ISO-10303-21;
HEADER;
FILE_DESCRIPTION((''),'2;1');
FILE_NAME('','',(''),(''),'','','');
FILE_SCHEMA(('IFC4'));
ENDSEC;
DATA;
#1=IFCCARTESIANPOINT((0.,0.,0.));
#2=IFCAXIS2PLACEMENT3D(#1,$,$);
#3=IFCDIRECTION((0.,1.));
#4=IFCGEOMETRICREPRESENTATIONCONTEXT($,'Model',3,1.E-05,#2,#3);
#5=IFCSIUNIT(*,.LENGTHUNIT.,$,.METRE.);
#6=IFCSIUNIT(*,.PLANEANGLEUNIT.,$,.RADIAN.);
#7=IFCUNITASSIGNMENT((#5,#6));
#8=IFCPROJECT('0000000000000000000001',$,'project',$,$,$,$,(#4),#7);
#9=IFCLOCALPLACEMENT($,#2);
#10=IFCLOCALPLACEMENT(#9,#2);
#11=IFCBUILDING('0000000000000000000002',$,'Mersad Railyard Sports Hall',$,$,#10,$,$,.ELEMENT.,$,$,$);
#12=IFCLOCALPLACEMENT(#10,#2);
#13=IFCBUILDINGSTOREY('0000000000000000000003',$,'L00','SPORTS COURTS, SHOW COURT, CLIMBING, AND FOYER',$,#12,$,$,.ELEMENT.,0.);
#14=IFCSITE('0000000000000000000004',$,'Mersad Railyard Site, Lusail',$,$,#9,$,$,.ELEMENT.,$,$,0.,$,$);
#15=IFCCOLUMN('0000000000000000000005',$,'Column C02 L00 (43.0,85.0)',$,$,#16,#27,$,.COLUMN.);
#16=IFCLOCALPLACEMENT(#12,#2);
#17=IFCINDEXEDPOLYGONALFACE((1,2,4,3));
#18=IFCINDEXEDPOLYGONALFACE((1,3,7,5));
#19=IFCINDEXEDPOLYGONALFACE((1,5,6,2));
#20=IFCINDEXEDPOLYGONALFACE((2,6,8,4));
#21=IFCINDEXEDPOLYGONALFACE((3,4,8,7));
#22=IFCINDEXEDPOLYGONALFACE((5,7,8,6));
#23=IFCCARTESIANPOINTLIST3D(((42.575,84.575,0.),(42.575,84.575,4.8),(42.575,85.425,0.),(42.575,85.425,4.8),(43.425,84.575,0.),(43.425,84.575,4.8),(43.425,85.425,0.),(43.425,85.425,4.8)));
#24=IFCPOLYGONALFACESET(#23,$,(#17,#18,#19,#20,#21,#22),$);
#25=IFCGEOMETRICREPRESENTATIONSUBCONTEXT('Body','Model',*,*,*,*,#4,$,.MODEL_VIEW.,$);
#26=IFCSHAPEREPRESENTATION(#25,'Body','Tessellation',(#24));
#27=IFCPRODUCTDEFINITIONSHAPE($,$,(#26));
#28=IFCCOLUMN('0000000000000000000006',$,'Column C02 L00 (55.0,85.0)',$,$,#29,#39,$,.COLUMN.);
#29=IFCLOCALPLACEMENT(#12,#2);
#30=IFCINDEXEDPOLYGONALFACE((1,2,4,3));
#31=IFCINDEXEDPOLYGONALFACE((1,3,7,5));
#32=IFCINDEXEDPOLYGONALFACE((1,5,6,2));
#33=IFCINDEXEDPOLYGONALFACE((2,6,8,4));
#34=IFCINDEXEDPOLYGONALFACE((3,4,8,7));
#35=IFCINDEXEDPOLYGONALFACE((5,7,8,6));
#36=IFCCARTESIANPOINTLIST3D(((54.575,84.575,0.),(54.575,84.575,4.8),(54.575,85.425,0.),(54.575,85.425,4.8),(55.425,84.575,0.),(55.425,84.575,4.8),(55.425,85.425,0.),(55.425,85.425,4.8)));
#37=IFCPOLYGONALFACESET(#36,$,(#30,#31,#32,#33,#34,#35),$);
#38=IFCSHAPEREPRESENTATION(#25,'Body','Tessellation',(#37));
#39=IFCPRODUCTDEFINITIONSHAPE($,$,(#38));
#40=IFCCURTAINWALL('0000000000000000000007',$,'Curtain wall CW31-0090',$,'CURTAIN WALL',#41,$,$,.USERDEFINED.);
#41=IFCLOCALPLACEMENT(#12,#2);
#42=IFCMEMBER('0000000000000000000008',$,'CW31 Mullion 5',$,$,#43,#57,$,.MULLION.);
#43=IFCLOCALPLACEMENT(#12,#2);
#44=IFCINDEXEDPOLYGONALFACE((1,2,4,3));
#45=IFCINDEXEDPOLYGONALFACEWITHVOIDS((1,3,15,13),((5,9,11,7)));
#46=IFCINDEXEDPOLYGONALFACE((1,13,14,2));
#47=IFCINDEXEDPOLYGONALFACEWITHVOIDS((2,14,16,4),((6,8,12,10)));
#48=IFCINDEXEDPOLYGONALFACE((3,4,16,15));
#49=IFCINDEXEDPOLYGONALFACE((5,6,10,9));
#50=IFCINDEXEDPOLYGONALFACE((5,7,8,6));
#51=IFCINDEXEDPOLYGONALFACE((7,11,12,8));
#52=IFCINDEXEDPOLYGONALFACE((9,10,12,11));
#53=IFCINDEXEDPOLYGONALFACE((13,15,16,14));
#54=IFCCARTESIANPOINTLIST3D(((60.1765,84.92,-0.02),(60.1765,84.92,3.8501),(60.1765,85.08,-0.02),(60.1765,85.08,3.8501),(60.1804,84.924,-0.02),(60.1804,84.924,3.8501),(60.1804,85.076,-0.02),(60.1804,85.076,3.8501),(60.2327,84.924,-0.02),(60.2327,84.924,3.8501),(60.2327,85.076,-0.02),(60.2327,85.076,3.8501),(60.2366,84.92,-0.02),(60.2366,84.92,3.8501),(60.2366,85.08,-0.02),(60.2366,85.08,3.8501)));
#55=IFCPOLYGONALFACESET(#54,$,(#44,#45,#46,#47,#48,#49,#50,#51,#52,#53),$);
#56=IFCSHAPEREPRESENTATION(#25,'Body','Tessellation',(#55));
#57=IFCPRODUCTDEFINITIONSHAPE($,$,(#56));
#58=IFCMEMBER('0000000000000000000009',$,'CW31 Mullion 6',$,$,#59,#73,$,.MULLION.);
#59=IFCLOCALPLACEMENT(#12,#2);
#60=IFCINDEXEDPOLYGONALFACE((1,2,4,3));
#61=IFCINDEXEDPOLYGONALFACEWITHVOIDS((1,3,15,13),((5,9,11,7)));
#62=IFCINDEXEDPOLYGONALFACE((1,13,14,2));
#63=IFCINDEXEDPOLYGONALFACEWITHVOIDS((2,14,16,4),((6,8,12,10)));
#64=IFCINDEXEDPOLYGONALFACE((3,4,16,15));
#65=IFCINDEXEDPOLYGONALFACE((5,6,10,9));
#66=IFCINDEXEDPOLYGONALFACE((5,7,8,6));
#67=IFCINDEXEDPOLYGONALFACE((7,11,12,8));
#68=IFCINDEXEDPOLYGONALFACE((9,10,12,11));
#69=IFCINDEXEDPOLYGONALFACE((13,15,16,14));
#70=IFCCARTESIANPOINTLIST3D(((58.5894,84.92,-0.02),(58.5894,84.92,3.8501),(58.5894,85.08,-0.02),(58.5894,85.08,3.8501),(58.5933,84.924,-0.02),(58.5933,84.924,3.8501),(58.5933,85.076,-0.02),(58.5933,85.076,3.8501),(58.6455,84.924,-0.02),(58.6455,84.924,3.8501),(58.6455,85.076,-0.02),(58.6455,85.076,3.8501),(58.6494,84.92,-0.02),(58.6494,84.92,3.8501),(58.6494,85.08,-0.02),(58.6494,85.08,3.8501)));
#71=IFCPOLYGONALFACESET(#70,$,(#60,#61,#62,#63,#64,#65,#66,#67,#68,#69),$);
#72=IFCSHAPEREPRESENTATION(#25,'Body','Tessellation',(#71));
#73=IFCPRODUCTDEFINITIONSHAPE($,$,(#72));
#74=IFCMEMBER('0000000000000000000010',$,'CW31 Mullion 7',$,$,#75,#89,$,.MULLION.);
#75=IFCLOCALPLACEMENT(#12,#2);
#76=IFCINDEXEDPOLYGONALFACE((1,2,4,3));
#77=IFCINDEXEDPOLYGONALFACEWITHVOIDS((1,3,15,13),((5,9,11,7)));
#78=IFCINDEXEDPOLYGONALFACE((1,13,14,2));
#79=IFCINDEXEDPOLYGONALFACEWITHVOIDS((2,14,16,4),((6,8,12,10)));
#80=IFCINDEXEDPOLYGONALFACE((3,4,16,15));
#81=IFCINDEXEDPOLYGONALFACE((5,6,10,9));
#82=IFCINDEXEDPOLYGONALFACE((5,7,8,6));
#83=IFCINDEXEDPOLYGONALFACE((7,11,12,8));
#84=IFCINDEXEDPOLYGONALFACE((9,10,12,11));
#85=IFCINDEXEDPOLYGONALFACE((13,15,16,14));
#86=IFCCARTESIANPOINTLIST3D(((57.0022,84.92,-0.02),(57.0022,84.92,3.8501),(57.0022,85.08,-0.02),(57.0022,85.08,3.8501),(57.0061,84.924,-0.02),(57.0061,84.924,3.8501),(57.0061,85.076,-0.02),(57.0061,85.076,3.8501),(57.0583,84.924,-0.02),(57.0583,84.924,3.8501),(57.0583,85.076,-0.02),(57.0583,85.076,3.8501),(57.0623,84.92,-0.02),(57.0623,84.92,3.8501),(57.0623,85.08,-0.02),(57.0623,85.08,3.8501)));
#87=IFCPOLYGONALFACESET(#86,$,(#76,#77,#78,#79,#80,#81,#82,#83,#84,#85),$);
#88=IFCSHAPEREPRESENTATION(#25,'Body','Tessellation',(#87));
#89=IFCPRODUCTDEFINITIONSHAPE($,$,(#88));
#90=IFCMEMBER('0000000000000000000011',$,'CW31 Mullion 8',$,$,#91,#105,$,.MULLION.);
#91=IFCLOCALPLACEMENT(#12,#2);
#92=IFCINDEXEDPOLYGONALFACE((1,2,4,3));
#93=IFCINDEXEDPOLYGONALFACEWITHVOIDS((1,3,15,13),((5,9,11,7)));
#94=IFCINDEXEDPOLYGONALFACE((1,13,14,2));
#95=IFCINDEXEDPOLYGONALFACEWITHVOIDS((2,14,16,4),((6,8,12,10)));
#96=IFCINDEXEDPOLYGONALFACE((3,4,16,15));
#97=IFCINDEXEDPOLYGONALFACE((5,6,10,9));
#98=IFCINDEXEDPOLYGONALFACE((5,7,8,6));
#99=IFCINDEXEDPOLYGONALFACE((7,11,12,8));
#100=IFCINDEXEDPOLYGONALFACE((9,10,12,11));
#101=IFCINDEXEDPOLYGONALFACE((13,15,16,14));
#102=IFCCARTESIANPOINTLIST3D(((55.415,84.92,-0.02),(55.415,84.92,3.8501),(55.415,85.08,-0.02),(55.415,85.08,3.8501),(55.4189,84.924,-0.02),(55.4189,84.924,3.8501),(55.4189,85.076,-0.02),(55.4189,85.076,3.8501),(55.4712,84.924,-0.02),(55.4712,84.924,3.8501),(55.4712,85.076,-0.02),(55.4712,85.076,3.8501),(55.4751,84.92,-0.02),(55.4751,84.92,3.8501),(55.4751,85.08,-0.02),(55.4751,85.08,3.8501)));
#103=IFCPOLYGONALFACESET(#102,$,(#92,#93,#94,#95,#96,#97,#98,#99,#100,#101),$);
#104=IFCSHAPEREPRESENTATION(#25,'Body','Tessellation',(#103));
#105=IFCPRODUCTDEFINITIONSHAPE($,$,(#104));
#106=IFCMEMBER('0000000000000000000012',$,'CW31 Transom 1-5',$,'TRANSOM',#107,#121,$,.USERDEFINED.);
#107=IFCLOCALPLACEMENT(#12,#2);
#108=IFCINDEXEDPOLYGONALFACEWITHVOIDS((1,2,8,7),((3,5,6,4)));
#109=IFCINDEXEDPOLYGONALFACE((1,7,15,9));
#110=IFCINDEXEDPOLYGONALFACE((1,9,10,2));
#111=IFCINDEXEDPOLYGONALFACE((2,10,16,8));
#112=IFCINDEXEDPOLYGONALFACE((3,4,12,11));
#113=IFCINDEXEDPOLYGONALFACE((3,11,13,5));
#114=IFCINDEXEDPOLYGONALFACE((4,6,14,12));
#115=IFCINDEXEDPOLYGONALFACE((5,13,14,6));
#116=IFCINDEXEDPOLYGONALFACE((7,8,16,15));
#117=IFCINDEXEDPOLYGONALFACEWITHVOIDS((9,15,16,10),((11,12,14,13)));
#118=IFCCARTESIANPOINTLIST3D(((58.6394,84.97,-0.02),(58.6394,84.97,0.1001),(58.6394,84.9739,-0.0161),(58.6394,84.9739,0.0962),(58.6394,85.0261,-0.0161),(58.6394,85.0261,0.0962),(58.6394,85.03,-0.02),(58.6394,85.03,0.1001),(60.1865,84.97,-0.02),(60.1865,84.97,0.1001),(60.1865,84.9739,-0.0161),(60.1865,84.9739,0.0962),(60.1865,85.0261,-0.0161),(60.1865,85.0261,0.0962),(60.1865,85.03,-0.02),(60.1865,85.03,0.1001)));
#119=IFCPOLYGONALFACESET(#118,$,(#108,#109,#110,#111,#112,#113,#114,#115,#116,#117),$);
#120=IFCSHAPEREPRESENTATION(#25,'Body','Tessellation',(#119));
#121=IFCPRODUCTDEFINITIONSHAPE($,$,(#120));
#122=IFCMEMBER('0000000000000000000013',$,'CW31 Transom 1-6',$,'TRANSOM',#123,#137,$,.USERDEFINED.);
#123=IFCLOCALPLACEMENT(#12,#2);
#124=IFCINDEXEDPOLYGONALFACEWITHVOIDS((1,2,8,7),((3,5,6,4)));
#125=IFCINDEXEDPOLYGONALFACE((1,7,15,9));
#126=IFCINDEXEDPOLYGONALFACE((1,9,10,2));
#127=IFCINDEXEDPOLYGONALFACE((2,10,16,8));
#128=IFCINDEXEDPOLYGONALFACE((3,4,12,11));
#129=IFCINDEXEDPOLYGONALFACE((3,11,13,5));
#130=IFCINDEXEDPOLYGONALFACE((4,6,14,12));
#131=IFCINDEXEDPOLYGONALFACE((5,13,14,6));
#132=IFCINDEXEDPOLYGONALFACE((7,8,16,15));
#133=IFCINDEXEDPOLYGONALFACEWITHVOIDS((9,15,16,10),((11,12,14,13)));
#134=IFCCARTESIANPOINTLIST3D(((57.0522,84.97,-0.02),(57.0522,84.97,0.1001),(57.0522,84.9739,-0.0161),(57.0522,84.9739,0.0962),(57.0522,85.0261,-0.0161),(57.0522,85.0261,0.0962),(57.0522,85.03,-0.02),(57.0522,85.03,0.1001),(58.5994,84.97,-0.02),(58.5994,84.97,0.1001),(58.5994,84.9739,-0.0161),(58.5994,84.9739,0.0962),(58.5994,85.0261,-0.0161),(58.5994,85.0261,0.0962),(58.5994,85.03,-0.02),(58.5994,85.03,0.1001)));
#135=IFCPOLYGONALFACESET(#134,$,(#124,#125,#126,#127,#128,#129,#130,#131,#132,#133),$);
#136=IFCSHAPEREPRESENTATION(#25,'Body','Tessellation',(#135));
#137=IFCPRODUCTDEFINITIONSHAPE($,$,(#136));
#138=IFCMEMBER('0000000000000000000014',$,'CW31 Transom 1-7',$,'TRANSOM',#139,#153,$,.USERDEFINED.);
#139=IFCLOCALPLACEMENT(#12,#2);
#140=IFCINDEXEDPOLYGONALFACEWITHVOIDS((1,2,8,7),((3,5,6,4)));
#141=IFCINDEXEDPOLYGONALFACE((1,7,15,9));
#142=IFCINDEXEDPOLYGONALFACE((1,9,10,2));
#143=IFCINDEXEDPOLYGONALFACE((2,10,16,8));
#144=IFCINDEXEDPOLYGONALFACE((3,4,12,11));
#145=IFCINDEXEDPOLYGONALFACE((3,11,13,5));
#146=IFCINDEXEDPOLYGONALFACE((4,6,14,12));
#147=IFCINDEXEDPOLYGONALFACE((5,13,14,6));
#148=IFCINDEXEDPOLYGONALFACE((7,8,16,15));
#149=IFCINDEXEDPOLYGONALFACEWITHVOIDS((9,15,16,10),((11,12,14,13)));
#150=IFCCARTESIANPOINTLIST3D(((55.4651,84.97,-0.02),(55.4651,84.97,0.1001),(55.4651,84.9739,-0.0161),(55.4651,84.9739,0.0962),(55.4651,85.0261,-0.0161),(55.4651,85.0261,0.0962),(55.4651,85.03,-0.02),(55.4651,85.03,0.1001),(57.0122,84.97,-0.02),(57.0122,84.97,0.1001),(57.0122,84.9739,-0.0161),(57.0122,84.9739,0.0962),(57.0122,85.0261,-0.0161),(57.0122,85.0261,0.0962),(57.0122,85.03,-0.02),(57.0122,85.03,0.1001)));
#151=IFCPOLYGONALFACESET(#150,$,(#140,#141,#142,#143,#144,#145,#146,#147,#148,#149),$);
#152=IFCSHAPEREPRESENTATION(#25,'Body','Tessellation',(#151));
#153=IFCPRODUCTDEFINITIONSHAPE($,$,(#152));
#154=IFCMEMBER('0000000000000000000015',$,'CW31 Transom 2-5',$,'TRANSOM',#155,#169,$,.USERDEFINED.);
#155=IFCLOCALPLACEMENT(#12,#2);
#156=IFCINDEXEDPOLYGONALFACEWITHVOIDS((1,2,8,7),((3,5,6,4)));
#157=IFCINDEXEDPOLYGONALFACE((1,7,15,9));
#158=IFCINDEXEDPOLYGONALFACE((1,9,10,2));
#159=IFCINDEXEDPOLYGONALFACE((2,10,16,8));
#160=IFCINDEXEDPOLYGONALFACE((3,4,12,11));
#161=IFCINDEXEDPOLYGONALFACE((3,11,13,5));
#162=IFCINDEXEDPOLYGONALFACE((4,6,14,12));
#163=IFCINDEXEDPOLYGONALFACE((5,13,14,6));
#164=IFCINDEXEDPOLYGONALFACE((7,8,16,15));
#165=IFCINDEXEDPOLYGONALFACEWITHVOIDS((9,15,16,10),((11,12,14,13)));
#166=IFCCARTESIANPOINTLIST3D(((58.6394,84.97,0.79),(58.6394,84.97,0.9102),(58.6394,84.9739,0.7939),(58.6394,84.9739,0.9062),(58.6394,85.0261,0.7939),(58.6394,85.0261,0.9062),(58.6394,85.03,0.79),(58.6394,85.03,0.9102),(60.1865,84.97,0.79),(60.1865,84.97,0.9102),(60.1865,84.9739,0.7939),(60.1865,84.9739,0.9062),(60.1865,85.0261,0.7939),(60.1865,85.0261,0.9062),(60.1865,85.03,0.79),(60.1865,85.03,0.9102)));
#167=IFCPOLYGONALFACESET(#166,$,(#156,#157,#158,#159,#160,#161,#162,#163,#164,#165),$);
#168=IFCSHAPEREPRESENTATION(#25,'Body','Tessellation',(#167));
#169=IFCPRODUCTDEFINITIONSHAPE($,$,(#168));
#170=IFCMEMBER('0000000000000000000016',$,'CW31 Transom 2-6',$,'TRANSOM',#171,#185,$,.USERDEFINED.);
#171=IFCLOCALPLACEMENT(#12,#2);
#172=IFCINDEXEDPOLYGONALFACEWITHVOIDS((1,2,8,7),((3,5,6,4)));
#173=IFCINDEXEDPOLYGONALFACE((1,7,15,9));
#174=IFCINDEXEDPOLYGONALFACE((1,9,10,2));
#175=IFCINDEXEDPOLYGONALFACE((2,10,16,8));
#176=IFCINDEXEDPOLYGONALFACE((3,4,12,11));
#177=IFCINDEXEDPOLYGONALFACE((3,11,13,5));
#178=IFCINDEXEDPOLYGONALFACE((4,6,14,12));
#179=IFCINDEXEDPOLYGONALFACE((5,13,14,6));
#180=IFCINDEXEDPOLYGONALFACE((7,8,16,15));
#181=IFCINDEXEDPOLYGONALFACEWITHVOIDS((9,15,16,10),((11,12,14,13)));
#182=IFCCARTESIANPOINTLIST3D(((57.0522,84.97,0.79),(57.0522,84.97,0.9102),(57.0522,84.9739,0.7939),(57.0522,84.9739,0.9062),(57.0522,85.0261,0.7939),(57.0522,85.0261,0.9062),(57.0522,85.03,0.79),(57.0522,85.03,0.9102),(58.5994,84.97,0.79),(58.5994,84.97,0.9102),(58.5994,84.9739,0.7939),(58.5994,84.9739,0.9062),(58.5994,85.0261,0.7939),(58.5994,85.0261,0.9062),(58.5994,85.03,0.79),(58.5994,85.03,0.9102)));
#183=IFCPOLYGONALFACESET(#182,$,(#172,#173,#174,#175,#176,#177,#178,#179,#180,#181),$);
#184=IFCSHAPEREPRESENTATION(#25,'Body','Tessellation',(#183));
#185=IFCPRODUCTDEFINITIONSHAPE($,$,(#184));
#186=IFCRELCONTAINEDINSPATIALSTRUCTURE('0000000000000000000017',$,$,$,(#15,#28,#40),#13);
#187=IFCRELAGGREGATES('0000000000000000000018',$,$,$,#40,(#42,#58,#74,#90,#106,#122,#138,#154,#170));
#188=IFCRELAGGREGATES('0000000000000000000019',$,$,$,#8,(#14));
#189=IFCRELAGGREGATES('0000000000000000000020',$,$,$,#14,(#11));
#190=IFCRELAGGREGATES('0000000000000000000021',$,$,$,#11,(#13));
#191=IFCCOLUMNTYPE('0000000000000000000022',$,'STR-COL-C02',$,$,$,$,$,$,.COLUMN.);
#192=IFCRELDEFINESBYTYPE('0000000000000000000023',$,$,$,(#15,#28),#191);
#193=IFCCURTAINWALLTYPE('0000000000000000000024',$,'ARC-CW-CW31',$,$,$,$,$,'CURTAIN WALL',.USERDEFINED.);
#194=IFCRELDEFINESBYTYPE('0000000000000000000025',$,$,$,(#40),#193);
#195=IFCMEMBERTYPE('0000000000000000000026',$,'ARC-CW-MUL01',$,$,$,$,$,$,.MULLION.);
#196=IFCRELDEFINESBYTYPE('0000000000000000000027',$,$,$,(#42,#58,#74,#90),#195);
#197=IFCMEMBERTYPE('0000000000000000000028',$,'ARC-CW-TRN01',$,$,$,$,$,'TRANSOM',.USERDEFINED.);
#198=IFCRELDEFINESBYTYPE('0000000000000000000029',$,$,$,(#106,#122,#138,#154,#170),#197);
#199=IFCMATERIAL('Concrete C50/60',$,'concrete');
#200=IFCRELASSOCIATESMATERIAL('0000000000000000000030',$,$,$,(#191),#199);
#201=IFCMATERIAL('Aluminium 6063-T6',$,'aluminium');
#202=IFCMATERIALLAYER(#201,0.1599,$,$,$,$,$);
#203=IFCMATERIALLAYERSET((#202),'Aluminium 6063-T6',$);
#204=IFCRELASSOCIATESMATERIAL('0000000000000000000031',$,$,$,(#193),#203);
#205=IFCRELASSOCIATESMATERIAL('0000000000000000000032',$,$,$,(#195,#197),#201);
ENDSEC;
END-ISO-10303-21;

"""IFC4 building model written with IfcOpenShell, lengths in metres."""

from ifc_helpers import new_model, si_unit, direction, frame, origin, origin_2d, place, context, subcontext, project, spatial, rectangle, hollow_rectangle, extrude, material, layer, layer_set, material_profile, profile_set, type_object, element, aggregate, save


model = new_model("IFC4")

# Units and contexts
model_context = context("Model", 3, precision=1e-05, world=origin(), true_north=direction((0.0, 1.0)))
body_context = subcontext(model_context, "Body", "Model", "MODEL_VIEW")
ifc_project = project(units=[si_unit("LENGTHUNIT", "METRE"), si_unit("PLANEANGLEUNIT", "RADIAN")], contexts=[model_context])

# Site, building, storey
site_placement = place(None, origin())
site = spatial("IfcSite", under=ifc_project, at=site_placement, Name="Mersad Railyard Site, Lusail", CompositionType="ELEMENT", RefElevation=0.0)
building_placement = place(site_placement, origin())
building = spatial("IfcBuilding", under=site, at=building_placement, Name="Mersad Railyard Sports Hall", CompositionType="ELEMENT")
storey_placement = place(building_placement, origin())
storey = spatial("IfcBuildingStorey", under=building, at=storey_placement, Name="L00", Description="SPORTS COURTS, SHOW COURT, CLIMBING, AND FOYER", CompositionType="ELEMENT", Elevation=0.0)

# Columns
ifc_material_1 = material(Name="Concrete C50/60", Category="concrete")
ifc_material_profile_1 = material_profile(ifc_material_1, rectangle(XDim=0.8501, YDim=0.8501, at=origin_2d()), Name="RC 850x850")
ifc_profile_set_1 = profile_set([ifc_material_profile_1], Name="Concrete C50/60")
column_type = type_object("IfcColumnType", Name="STR-COL-C02", PredefinedType="COLUMN", material=ifc_profile_set_1)
for number, where, z_axis, x_axis, name in (
    (1, (43.0, 85.0, 0.0), (0.0, 0.0, 1.0), (1.0, 0.0, 0.0), "Column C02 L00 (43.0,85.0)"),
    (2, (55.0, 85.0, 0.0), (0.0, 0.0, 1.0), (1.0, 0.0, 0.0), "Column C02 L00 (55.0,85.0)"),
):
    element("IfcColumn", number, at=place(storey_placement, frame(where, z_axis=z_axis, x_axis=x_axis)), inside=storey, type_object=column_type, Name=name, PredefinedType="COLUMN", context=body_context, shape_type="SweptSolid", body=[
        extrude(rectangle(XDim=0.8501, YDim=0.8501, at=origin_2d()), origin(), (0.0, 0.0, 1.0), 4.8),
    ])

# Curtain wall, members
ifc_material_2 = material(Name="Aluminium 6063-T6", Category="aluminium")
ifc_layer_1 = layer(ifc_material_2, 0.1599)
ifc_layer_set_1 = layer_set([ifc_layer_1], Name="Aluminium 6063-T6")
curtain_wall_type = type_object("IfcCurtainWallType", Name="ARC-CW-CW31", ElementType="CURTAIN WALL", PredefinedType="USERDEFINED", material=ifc_layer_set_1)
curtain_wall_placement = place(storey_placement, origin())
curtain_wall = element("IfcCurtainWall", 3, at=curtain_wall_placement, inside=storey, type_object=curtain_wall_type, Name="Curtain wall CW31-0090", ObjectType="CURTAIN WALL", PredefinedType="USERDEFINED")
ifc_material_profile_2 = material_profile(ifc_material_2, hollow_rectangle(XDim=0.0601, YDim=0.1599, WallThickness=0.0039, at=origin_2d()), Name="AL MULLION 60x160x4")
ifc_profile_set_2 = profile_set([ifc_material_profile_2], Name="Aluminium 6063-T6")
member_type_1 = type_object("IfcMemberType", Name="ARC-CW-MUL01", PredefinedType="MULLION", material=ifc_profile_set_2)
member_1_placement = place(storey_placement, frame((60.2065, 85.0, -0.02), z_axis=(0.0, 0.0, 1.0), x_axis=(1.0, 0.0, 0.0)))
member_1 = element("IfcMember", 4, at=member_1_placement, type_object=member_type_1, Name="CW31 Mullion 5", PredefinedType="MULLION", context=body_context, shape_type="SweptSolid", body=[
    extrude(hollow_rectangle(XDim=0.0601, YDim=0.1599, WallThickness=0.0039, at=origin_2d()), origin(), (0.0, 0.0, 1.0), 3.8701),
])
member_2_placement = place(storey_placement, frame((58.6194, 85.0, -0.02), z_axis=(0.0, 0.0, 1.0), x_axis=(1.0, 0.0, 0.0)))
member_2 = element("IfcMember", 5, at=member_2_placement, type_object=member_type_1, Name="CW31 Mullion 6", PredefinedType="MULLION", context=body_context, shape_type="SweptSolid", body=[
    extrude(hollow_rectangle(XDim=0.0601, YDim=0.1599, WallThickness=0.0039, at=origin_2d()), origin(), (0.0, 0.0, 1.0), 3.8701),
])
member_3_placement = place(storey_placement, frame((57.0322, 85.0, -0.02), z_axis=(0.0, 0.0, 1.0), x_axis=(1.0, 0.0, 0.0)))
member_3 = element("IfcMember", 6, at=member_3_placement, type_object=member_type_1, Name="CW31 Mullion 7", PredefinedType="MULLION", context=body_context, shape_type="SweptSolid", body=[
    extrude(hollow_rectangle(XDim=0.0601, YDim=0.1599, WallThickness=0.0039, at=origin_2d()), origin(), (0.0, 0.0, 1.0), 3.8701),
])
member_4_placement = place(storey_placement, frame((55.4451, 85.0, -0.02), z_axis=(0.0, 0.0, 1.0), x_axis=(1.0, 0.0, 0.0)))
member_4 = element("IfcMember", 7, at=member_4_placement, type_object=member_type_1, Name="CW31 Mullion 8", PredefinedType="MULLION", context=body_context, shape_type="SweptSolid", body=[
    extrude(hollow_rectangle(XDim=0.0601, YDim=0.1599, WallThickness=0.0039, at=origin_2d()), origin(), (0.0, 0.0, 1.0), 3.8701),
])
ifc_material_profile_3 = material_profile(ifc_material_2, hollow_rectangle(XDim=0.0601, YDim=0.1201, WallThickness=0.0039, at=origin_2d()), Name="AL TRANSOM 60x120x4")
ifc_profile_set_3 = profile_set([ifc_material_profile_3], Name="Aluminium 6063-T6")
member_type_2 = type_object("IfcMemberType", Name="ARC-CW-TRN01", ElementType="TRANSOM", PredefinedType="USERDEFINED", material=ifc_profile_set_3)
member_5_placement = place(storey_placement, frame((60.1865, 85.0, 0.04), z_axis=(-1.0, 0.0, 0.0), x_axis=(0.0, -1.0, 0.0)))
member_5 = element("IfcMember", 8, at=member_5_placement, type_object=member_type_2, Name="CW31 Transom 1-5", ObjectType="TRANSOM", PredefinedType="USERDEFINED", context=body_context, shape_type="SweptSolid", body=[
    extrude(hollow_rectangle(XDim=0.0601, YDim=0.1201, WallThickness=0.0039, at=origin_2d()), origin(), (0.0, 0.0, 1.0), 1.5471),
])
member_6_placement = place(storey_placement, frame((58.5994, 85.0, 0.04), z_axis=(-1.0, 0.0, 0.0), x_axis=(0.0, -1.0, 0.0)))
member_6 = element("IfcMember", 9, at=member_6_placement, type_object=member_type_2, Name="CW31 Transom 1-6", ObjectType="TRANSOM", PredefinedType="USERDEFINED", context=body_context, shape_type="SweptSolid", body=[
    extrude(hollow_rectangle(XDim=0.0601, YDim=0.1201, WallThickness=0.0039, at=origin_2d()), origin(), (0.0, 0.0, 1.0), 1.5471),
])
member_7_placement = place(storey_placement, frame((57.0122, 85.0, 0.04), z_axis=(-1.0, 0.0, 0.0), x_axis=(0.0, -1.0, 0.0)))
member_7 = element("IfcMember", 10, at=member_7_placement, type_object=member_type_2, Name="CW31 Transom 1-7", ObjectType="TRANSOM", PredefinedType="USERDEFINED", context=body_context, shape_type="SweptSolid", body=[
    extrude(hollow_rectangle(XDim=0.0601, YDim=0.1201, WallThickness=0.0039, at=origin_2d()), origin(), (0.0, 0.0, 1.0), 1.5471),
])
member_8_placement = place(storey_placement, frame((60.1865, 85.0, 0.8501), z_axis=(-1.0, 0.0, 0.0), x_axis=(0.0, -1.0, 0.0)))
member_8 = element("IfcMember", 11, at=member_8_placement, type_object=member_type_2, Name="CW31 Transom 2-5", ObjectType="TRANSOM", PredefinedType="USERDEFINED", context=body_context, shape_type="SweptSolid", body=[
    extrude(hollow_rectangle(XDim=0.0601, YDim=0.1201, WallThickness=0.0039, at=origin_2d()), origin(), (0.0, 0.0, 1.0), 1.5471),
])
member_9_placement = place(storey_placement, frame((58.5994, 85.0, 0.8501), z_axis=(-1.0, 0.0, 0.0), x_axis=(0.0, -1.0, 0.0)))
member_9 = element("IfcMember", 12, at=member_9_placement, type_object=member_type_2, Name="CW31 Transom 2-6", ObjectType="TRANSOM", PredefinedType="USERDEFINED", context=body_context, shape_type="SweptSolid", body=[
    extrude(hollow_rectangle(XDim=0.0601, YDim=0.1201, WallThickness=0.0039, at=origin_2d()), origin(), (0.0, 0.0, 1.0), 1.5471),
])

aggregate(curtain_wall, [member_1, member_2, member_3, member_4, member_5, member_6, member_7, member_8, member_9])

save(model, "model.ifc")
